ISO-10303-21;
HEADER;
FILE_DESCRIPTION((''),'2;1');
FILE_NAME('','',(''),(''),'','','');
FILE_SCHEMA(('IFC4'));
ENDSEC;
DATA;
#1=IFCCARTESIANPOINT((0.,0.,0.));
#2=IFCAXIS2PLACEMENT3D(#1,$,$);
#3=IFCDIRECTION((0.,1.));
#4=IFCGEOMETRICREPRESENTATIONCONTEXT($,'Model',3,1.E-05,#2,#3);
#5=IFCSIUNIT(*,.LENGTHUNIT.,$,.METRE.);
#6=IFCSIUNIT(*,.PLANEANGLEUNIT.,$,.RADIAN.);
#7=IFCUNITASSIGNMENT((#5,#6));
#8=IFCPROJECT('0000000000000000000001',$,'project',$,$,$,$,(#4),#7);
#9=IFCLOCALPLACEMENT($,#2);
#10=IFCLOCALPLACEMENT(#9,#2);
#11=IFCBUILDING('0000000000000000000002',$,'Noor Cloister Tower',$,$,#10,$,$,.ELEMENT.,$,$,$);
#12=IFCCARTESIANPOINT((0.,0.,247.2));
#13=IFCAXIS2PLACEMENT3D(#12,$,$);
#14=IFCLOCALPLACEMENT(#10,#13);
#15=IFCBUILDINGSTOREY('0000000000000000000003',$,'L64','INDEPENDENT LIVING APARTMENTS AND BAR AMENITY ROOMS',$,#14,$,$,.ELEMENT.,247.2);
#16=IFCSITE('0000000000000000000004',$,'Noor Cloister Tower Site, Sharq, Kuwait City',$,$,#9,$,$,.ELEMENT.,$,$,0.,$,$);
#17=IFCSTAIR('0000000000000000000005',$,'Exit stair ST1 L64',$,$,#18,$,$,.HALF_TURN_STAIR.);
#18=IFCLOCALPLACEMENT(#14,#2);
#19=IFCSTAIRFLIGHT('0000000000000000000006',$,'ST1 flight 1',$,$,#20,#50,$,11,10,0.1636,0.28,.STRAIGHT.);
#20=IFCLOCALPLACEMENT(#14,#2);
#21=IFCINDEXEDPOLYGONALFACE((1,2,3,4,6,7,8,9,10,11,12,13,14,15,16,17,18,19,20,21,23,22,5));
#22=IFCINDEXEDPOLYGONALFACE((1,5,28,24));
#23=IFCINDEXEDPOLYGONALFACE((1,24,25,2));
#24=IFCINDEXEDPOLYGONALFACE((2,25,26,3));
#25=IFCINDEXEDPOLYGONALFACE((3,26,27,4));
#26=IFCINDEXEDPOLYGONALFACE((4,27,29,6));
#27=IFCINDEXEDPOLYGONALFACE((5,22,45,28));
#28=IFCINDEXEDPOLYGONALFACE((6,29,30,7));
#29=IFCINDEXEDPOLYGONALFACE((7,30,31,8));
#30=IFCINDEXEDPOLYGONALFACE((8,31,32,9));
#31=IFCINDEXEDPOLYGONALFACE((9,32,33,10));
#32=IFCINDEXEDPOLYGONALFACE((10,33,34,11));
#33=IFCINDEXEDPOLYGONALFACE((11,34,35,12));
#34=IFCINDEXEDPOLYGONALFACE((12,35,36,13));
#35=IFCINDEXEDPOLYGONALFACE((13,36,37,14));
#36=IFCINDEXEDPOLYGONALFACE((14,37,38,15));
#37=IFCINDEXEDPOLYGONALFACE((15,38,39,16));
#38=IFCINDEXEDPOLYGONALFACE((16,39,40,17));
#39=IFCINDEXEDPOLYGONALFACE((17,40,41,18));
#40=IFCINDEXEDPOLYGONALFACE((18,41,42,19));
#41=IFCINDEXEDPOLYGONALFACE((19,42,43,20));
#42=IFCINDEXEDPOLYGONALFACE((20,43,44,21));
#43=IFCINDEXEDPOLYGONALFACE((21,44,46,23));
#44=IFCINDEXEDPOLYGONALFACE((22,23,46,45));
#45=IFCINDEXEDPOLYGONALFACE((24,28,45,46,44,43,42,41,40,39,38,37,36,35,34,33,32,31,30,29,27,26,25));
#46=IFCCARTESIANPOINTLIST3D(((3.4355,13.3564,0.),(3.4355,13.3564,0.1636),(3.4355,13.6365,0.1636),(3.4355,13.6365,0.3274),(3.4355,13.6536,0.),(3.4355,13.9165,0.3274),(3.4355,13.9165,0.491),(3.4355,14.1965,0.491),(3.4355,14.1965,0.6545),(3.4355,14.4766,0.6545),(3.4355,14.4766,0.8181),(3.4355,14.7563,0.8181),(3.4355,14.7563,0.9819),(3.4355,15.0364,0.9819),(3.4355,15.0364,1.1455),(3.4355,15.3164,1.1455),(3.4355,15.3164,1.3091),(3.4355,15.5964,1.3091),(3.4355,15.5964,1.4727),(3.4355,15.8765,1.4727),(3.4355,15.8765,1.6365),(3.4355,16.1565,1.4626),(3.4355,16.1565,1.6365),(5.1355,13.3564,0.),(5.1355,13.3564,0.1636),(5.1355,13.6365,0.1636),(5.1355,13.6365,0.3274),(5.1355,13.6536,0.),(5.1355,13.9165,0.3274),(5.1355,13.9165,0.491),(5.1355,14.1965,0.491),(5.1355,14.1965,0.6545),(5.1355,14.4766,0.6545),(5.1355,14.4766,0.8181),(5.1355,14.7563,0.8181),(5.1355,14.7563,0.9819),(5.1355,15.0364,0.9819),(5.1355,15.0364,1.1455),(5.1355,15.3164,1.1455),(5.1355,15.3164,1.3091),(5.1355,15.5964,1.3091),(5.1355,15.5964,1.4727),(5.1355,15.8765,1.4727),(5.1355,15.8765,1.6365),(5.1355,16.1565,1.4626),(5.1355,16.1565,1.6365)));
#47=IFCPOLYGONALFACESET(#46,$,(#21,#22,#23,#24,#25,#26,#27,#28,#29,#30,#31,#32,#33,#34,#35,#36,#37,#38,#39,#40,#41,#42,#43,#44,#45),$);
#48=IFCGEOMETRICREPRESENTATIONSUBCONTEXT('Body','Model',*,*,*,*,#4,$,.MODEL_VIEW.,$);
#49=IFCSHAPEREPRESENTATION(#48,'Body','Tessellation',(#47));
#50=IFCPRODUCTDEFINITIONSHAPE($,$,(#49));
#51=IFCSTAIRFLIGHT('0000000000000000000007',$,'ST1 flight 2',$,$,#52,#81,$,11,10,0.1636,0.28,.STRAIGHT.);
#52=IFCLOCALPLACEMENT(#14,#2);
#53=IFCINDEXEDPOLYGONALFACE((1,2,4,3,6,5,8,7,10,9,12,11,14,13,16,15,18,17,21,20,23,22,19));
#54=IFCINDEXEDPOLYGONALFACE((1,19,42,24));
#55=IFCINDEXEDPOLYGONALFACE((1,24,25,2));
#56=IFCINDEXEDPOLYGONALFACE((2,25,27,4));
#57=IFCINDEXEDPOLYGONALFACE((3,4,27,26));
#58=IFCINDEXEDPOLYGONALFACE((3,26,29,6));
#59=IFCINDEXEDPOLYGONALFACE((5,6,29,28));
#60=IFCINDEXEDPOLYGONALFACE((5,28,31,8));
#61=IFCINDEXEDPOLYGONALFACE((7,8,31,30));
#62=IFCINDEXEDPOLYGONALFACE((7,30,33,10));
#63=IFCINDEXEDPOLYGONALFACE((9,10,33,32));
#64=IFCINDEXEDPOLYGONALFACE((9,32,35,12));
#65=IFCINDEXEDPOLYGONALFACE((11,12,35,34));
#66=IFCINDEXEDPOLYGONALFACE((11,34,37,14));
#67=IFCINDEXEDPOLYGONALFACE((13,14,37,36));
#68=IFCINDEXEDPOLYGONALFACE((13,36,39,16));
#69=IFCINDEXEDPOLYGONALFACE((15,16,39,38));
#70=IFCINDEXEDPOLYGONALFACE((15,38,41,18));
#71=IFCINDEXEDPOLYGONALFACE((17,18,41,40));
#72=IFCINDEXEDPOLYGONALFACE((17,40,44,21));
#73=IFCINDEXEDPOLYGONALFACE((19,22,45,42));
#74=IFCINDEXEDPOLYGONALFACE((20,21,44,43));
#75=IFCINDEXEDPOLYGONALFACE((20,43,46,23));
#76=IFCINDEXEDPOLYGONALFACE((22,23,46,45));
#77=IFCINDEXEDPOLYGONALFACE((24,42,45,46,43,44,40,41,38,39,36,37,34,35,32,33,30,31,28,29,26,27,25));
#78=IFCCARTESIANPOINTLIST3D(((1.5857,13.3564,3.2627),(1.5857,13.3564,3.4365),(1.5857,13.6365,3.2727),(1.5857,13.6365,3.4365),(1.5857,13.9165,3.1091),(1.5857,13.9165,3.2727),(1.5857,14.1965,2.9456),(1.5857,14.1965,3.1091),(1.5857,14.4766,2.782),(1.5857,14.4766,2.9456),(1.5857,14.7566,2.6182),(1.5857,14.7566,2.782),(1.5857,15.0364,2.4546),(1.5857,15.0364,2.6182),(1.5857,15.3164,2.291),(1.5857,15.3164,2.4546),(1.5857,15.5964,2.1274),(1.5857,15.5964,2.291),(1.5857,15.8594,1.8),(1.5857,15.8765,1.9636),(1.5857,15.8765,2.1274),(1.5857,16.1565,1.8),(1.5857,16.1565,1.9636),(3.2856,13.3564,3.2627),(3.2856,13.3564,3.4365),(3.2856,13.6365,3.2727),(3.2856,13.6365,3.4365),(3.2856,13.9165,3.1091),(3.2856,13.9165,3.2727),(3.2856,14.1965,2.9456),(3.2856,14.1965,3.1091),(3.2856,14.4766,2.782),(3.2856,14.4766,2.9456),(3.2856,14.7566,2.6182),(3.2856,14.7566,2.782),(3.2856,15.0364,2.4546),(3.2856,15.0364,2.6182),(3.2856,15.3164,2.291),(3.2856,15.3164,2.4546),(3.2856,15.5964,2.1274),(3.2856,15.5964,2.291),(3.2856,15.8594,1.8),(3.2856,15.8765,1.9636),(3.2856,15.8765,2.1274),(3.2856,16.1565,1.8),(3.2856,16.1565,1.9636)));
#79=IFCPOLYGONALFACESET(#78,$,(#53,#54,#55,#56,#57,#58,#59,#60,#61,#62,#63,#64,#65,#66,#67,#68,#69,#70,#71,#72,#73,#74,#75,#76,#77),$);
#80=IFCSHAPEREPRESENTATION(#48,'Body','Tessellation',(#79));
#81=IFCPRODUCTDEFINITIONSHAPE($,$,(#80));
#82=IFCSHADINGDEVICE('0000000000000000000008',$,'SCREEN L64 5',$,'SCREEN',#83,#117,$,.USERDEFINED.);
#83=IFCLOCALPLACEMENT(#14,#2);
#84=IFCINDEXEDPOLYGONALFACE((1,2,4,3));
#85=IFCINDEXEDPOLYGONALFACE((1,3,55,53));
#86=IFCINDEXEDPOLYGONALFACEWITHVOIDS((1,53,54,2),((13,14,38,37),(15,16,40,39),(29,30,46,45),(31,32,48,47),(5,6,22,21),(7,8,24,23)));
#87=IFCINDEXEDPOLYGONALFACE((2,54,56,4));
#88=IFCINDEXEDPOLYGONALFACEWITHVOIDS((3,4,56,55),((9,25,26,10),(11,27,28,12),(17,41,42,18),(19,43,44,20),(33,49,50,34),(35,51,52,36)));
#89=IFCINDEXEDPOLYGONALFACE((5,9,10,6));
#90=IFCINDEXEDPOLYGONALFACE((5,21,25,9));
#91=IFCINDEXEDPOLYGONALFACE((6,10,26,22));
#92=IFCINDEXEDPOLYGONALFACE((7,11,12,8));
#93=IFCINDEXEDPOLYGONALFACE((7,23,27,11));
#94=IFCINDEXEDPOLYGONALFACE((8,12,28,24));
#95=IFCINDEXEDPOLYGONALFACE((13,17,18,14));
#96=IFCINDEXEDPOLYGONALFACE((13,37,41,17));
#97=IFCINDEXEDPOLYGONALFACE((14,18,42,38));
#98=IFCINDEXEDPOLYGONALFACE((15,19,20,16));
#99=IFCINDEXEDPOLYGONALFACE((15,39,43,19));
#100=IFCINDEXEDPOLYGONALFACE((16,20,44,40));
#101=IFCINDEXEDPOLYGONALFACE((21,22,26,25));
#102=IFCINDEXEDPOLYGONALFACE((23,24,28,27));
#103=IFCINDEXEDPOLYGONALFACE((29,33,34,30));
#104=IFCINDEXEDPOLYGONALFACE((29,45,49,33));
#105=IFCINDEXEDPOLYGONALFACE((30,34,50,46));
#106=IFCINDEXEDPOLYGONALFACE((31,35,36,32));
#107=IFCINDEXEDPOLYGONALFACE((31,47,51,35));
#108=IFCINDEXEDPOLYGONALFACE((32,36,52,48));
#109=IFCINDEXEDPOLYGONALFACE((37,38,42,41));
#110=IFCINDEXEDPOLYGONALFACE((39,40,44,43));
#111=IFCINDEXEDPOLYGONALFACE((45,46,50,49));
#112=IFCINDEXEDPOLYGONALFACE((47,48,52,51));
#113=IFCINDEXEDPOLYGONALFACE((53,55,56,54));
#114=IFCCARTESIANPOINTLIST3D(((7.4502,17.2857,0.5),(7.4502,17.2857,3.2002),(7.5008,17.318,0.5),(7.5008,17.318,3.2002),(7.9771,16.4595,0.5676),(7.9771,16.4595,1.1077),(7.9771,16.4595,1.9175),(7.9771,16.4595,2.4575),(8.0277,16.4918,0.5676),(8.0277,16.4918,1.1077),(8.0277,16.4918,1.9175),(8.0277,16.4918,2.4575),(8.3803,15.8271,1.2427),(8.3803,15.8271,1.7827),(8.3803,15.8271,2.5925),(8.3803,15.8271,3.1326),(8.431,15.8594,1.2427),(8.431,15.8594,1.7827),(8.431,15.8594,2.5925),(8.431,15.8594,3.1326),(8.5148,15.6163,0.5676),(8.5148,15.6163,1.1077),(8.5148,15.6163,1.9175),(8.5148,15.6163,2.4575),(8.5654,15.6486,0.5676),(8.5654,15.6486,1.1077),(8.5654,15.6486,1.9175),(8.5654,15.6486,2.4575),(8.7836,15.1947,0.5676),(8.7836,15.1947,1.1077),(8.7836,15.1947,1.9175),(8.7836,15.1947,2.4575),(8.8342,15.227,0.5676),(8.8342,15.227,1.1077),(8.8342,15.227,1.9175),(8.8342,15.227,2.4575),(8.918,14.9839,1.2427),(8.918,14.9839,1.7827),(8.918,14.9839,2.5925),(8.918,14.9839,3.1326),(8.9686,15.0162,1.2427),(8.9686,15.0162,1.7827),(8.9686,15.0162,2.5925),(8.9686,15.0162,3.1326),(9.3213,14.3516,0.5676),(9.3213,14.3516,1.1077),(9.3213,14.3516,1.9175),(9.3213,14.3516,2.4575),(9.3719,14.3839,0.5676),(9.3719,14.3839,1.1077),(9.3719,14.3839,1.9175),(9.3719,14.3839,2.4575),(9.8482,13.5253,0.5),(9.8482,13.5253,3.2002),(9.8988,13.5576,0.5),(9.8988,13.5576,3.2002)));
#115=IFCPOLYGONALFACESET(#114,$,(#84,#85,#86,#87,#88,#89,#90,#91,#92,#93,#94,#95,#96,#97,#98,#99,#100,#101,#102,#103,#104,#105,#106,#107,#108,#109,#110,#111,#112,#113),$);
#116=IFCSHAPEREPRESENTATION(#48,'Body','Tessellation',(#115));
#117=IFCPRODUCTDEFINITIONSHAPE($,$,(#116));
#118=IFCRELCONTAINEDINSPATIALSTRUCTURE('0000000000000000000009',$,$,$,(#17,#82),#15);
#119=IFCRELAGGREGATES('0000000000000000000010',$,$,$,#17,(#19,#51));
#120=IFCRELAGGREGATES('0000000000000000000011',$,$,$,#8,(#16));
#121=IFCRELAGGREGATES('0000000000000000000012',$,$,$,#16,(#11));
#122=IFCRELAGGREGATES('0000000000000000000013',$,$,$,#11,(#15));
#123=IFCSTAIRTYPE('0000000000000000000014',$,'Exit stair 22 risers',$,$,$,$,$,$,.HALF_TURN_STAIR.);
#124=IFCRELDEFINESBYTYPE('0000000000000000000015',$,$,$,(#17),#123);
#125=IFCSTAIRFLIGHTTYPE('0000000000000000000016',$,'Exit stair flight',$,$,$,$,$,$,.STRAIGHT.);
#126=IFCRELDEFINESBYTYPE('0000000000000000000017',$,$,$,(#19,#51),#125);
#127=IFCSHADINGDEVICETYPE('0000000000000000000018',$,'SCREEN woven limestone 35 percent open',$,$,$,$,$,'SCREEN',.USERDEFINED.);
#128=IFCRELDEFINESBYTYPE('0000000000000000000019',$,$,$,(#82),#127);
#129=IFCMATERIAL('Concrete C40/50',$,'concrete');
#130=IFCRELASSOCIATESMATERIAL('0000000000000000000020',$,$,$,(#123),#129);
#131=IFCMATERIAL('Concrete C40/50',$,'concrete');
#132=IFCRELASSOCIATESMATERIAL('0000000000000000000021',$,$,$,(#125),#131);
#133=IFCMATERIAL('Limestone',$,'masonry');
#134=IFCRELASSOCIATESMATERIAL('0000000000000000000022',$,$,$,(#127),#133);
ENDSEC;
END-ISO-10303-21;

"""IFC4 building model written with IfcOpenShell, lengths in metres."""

from ifc_helpers import new_model, si_unit, direction, frame, origin, place, context, subcontext, project, spatial, polyline, outline, extrude, material, material_profile, profile_set, type_object, element, aggregate, save


model = new_model("IFC4")

# Units and contexts
model_context = context("Model", 3, precision=1e-05, world=origin(), true_north=direction((0.0, 1.0)))
body_context = subcontext(model_context, "Body", "Model", "MODEL_VIEW")
ifc_project = project(units=[si_unit("LENGTHUNIT", "METRE"), si_unit("PLANEANGLEUNIT", "RADIAN")], contexts=[model_context])

# Site, building, storey
site_placement = place(None, origin())
site = spatial("IfcSite", under=ifc_project, at=site_placement, Name="Noor Cloister Tower Site, Sharq, Kuwait City", CompositionType="ELEMENT", RefElevation=0.0)
building_placement = place(site_placement, origin())
building = spatial("IfcBuilding", under=site, at=building_placement, Name="Noor Cloister Tower", CompositionType="ELEMENT")
storey_placement = place(building_placement, frame((0.0, 0.0, 247.2)))
storey = spatial("IfcBuildingStorey", under=building, at=storey_placement, Name="L64", Description="INDEPENDENT LIVING APARTMENTS AND BAR AMENITY ROOMS", CompositionType="ELEMENT", Elevation=247.2)

# Stair, stair flights
ifc_material_1 = material(Name="Concrete C40/50", Category="concrete")
stair_type = type_object("IfcStairType", Name="Exit stair 22 risers", PredefinedType="HALF_TURN_STAIR", material=ifc_material_1)
stair_placement = place(storey_placement, origin())
stair = element("IfcStair", 1, at=stair_placement, inside=storey, type_object=stair_type, Name="Exit stair ST1 L64", PredefinedType="HALF_TURN_STAIR")
ifc_material_2 = material(Name="Concrete C40/50", Category="concrete")
stair_flight_type = type_object("IfcStairFlightType", Name="Exit stair flight", PredefinedType="STRAIGHT", material=ifc_material_2)
stair_flight_1_placement = place(storey_placement, frame((4.2856, 13.3564, 0.0), z_axis=(0.0, 0.0, 1.0), x_axis=(0.0, 1.0, 0.0)))
stair_flight_1 = element("IfcStairFlight", 2, at=stair_flight_1_placement, type_object=stair_flight_type, Name="ST1 flight 1", NumberOfRisers=11, NumberOfTreads=10, PredefinedType="STRAIGHT", RiserHeight=0.1636, TreadLength=0.28, context=body_context, shape_type="SweptSolid", body=[
    extrude(outline(polyline([(0.0, 0.0), (0.0, 0.1636), (0.28, 0.1636), (0.28, 0.3274), (0.5601, 0.3274), (0.5601, 0.491), (0.8401, 0.491), (0.8401, 0.6545), (1.1201, 0.6545), (1.1201, 0.8181), (1.3999, 0.8181), (1.3999, 0.9819), (1.6799, 0.9819), (1.6799, 1.1455), (1.96, 1.1455), (1.96, 1.3091), (2.24, 1.3091), (2.24, 1.4727), (2.52, 1.4727), (2.52, 1.6365), (2.8, 1.6365), (2.8, 1.8), (2.8, 1.4626), (0.2971, 0.0), (0.0, 0.0)])), frame((0.0, 0.8501, 0.0), z_axis=(0.0, -1.0, 0.0), x_axis=(1.0, 0.0, 0.0)), (0.0, 0.0, 1.0), 1.7),
])
stair_flight_2_placement = place(storey_placement, frame((2.4355, 16.1565, 1.8), z_axis=(0.0, 0.0, 1.0), x_axis=(0.0, -1.0, 0.0)))
stair_flight_2 = element("IfcStairFlight", 3, at=stair_flight_2_placement, type_object=stair_flight_type, Name="ST1 flight 2", NumberOfRisers=11, NumberOfTreads=10, PredefinedType="STRAIGHT", RiserHeight=0.1636, TreadLength=0.28, context=body_context, shape_type="SweptSolid", body=[
    extrude(outline(polyline([(0.0, 0.0), (0.0, 0.1636), (0.28, 0.1636), (0.28, 0.3274), (0.5601, 0.3274), (0.5601, 0.491), (0.8401, 0.491), (0.8401, 0.6545), (1.1201, 0.6545), (1.1201, 0.8181), (1.3999, 0.8181), (1.3999, 0.9819), (1.6799, 0.9819), (1.6799, 1.1455), (1.96, 1.1455), (1.96, 1.3091), (2.24, 1.3091), (2.24, 1.4727), (2.52, 1.4727), (2.52, 1.6365), (2.8, 1.6365), (2.8, 1.8), (2.8, 1.4626), (0.2971, 0.0), (0.0, 0.0)])), frame((0.0, 0.8501, 0.0), z_axis=(0.0, -1.0, 0.0), x_axis=(1.0, 0.0, 0.0)), (0.0, 0.0, 1.0), 1.7),
])
aggregate(stair, [stair_flight_1, stair_flight_2])

# Shading device
ifc_material_3 = material(Name="Limestone", Category="masonry")
ifc_material_profile_1 = material_profile(ifc_material_3, outline(polyline([(-2.23, -1.3501), (2.23, -1.3501), (2.23, 1.3501), (-2.23, 1.3501), (-2.23, -1.3501)]), holes=[polyline([(-1.25, -1.2825), (-0.25, -1.2825), (-0.25, -0.7424), (-1.25, -0.7424), (-1.25, -1.2825)]), polyline([(0.25, -1.2825), (1.25, -1.2825), (1.25, -0.7424), (0.25, -0.7424), (0.25, -1.2825)]), polyline([(-0.5, -0.6074), (0.5, -0.6074), (0.5, -0.0674), (-0.5, -0.0674), (-0.5, -0.6074)]), polyline([(-1.25, 0.0674), (-0.25, 0.0674), (-0.25, 0.6074), (-1.25, 0.6074), (-1.25, 0.0674)]), polyline([(0.25, 0.0674), (1.25, 0.0674), (1.25, 0.6074), (0.25, 0.6074), (0.25, 0.0674)]), polyline([(-0.5, 0.7424), (0.5, 0.7424), (0.5, 1.2825), (-0.5, 1.2825), (-0.5, 0.7424)])]), Name="Woven screen 35 percent open")
ifc_profile_set_1 = profile_set([ifc_material_profile_1], Name="Limestone")
shading_device_type = type_object("IfcShadingDeviceType", Name="SCREEN woven limestone 35 percent open", ElementType="SCREEN", PredefinedType="USERDEFINED", material=ifc_profile_set_1)
shading_device_placement = place(storey_placement, frame((8.6492, 15.4055, 1.8501), z_axis=(0.843158, 0.537666, 0.0), x_axis=(-0.537666, 0.843158, 0.0)))
element("IfcShadingDevice", 4, at=shading_device_placement, inside=storey, type_object=shading_device_type, Name="SCREEN L64 5", ObjectType="SCREEN", PredefinedType="USERDEFINED", context=body_context, shape_type="SweptSolid", body=[
    extrude(outline(polyline([(-2.23, -1.3501), (2.23, -1.3501), (2.23, 1.3501), (-2.23, 1.3501), (-2.23, -1.3501)]), holes=[polyline([(-1.25, -1.2825), (-0.25, -1.2825), (-0.25, -0.7424), (-1.25, -0.7424), (-1.25, -1.2825)]), polyline([(0.25, -1.2825), (1.25, -1.2825), (1.25, -0.7424), (0.25, -0.7424), (0.25, -1.2825)]), polyline([(-0.5, -0.6074), (0.5, -0.6074), (0.5, -0.0674), (-0.5, -0.0674), (-0.5, -0.6074)]), polyline([(-1.25, 0.0674), (-0.25, 0.0674), (-0.25, 0.6074), (-1.25, 0.6074), (-1.25, 0.0674)]), polyline([(0.25, 0.0674), (1.25, 0.0674), (1.25, 0.6074), (0.25, 0.6074), (0.25, 0.0674)]), polyline([(-0.5, 0.7424), (0.5, 0.7424), (0.5, 1.2825), (-0.5, 1.2825), (-0.5, 0.7424)])]), origin(), (0.0, 0.0, 1.0), 0.0601),
])

save(model, "model.ifc")
